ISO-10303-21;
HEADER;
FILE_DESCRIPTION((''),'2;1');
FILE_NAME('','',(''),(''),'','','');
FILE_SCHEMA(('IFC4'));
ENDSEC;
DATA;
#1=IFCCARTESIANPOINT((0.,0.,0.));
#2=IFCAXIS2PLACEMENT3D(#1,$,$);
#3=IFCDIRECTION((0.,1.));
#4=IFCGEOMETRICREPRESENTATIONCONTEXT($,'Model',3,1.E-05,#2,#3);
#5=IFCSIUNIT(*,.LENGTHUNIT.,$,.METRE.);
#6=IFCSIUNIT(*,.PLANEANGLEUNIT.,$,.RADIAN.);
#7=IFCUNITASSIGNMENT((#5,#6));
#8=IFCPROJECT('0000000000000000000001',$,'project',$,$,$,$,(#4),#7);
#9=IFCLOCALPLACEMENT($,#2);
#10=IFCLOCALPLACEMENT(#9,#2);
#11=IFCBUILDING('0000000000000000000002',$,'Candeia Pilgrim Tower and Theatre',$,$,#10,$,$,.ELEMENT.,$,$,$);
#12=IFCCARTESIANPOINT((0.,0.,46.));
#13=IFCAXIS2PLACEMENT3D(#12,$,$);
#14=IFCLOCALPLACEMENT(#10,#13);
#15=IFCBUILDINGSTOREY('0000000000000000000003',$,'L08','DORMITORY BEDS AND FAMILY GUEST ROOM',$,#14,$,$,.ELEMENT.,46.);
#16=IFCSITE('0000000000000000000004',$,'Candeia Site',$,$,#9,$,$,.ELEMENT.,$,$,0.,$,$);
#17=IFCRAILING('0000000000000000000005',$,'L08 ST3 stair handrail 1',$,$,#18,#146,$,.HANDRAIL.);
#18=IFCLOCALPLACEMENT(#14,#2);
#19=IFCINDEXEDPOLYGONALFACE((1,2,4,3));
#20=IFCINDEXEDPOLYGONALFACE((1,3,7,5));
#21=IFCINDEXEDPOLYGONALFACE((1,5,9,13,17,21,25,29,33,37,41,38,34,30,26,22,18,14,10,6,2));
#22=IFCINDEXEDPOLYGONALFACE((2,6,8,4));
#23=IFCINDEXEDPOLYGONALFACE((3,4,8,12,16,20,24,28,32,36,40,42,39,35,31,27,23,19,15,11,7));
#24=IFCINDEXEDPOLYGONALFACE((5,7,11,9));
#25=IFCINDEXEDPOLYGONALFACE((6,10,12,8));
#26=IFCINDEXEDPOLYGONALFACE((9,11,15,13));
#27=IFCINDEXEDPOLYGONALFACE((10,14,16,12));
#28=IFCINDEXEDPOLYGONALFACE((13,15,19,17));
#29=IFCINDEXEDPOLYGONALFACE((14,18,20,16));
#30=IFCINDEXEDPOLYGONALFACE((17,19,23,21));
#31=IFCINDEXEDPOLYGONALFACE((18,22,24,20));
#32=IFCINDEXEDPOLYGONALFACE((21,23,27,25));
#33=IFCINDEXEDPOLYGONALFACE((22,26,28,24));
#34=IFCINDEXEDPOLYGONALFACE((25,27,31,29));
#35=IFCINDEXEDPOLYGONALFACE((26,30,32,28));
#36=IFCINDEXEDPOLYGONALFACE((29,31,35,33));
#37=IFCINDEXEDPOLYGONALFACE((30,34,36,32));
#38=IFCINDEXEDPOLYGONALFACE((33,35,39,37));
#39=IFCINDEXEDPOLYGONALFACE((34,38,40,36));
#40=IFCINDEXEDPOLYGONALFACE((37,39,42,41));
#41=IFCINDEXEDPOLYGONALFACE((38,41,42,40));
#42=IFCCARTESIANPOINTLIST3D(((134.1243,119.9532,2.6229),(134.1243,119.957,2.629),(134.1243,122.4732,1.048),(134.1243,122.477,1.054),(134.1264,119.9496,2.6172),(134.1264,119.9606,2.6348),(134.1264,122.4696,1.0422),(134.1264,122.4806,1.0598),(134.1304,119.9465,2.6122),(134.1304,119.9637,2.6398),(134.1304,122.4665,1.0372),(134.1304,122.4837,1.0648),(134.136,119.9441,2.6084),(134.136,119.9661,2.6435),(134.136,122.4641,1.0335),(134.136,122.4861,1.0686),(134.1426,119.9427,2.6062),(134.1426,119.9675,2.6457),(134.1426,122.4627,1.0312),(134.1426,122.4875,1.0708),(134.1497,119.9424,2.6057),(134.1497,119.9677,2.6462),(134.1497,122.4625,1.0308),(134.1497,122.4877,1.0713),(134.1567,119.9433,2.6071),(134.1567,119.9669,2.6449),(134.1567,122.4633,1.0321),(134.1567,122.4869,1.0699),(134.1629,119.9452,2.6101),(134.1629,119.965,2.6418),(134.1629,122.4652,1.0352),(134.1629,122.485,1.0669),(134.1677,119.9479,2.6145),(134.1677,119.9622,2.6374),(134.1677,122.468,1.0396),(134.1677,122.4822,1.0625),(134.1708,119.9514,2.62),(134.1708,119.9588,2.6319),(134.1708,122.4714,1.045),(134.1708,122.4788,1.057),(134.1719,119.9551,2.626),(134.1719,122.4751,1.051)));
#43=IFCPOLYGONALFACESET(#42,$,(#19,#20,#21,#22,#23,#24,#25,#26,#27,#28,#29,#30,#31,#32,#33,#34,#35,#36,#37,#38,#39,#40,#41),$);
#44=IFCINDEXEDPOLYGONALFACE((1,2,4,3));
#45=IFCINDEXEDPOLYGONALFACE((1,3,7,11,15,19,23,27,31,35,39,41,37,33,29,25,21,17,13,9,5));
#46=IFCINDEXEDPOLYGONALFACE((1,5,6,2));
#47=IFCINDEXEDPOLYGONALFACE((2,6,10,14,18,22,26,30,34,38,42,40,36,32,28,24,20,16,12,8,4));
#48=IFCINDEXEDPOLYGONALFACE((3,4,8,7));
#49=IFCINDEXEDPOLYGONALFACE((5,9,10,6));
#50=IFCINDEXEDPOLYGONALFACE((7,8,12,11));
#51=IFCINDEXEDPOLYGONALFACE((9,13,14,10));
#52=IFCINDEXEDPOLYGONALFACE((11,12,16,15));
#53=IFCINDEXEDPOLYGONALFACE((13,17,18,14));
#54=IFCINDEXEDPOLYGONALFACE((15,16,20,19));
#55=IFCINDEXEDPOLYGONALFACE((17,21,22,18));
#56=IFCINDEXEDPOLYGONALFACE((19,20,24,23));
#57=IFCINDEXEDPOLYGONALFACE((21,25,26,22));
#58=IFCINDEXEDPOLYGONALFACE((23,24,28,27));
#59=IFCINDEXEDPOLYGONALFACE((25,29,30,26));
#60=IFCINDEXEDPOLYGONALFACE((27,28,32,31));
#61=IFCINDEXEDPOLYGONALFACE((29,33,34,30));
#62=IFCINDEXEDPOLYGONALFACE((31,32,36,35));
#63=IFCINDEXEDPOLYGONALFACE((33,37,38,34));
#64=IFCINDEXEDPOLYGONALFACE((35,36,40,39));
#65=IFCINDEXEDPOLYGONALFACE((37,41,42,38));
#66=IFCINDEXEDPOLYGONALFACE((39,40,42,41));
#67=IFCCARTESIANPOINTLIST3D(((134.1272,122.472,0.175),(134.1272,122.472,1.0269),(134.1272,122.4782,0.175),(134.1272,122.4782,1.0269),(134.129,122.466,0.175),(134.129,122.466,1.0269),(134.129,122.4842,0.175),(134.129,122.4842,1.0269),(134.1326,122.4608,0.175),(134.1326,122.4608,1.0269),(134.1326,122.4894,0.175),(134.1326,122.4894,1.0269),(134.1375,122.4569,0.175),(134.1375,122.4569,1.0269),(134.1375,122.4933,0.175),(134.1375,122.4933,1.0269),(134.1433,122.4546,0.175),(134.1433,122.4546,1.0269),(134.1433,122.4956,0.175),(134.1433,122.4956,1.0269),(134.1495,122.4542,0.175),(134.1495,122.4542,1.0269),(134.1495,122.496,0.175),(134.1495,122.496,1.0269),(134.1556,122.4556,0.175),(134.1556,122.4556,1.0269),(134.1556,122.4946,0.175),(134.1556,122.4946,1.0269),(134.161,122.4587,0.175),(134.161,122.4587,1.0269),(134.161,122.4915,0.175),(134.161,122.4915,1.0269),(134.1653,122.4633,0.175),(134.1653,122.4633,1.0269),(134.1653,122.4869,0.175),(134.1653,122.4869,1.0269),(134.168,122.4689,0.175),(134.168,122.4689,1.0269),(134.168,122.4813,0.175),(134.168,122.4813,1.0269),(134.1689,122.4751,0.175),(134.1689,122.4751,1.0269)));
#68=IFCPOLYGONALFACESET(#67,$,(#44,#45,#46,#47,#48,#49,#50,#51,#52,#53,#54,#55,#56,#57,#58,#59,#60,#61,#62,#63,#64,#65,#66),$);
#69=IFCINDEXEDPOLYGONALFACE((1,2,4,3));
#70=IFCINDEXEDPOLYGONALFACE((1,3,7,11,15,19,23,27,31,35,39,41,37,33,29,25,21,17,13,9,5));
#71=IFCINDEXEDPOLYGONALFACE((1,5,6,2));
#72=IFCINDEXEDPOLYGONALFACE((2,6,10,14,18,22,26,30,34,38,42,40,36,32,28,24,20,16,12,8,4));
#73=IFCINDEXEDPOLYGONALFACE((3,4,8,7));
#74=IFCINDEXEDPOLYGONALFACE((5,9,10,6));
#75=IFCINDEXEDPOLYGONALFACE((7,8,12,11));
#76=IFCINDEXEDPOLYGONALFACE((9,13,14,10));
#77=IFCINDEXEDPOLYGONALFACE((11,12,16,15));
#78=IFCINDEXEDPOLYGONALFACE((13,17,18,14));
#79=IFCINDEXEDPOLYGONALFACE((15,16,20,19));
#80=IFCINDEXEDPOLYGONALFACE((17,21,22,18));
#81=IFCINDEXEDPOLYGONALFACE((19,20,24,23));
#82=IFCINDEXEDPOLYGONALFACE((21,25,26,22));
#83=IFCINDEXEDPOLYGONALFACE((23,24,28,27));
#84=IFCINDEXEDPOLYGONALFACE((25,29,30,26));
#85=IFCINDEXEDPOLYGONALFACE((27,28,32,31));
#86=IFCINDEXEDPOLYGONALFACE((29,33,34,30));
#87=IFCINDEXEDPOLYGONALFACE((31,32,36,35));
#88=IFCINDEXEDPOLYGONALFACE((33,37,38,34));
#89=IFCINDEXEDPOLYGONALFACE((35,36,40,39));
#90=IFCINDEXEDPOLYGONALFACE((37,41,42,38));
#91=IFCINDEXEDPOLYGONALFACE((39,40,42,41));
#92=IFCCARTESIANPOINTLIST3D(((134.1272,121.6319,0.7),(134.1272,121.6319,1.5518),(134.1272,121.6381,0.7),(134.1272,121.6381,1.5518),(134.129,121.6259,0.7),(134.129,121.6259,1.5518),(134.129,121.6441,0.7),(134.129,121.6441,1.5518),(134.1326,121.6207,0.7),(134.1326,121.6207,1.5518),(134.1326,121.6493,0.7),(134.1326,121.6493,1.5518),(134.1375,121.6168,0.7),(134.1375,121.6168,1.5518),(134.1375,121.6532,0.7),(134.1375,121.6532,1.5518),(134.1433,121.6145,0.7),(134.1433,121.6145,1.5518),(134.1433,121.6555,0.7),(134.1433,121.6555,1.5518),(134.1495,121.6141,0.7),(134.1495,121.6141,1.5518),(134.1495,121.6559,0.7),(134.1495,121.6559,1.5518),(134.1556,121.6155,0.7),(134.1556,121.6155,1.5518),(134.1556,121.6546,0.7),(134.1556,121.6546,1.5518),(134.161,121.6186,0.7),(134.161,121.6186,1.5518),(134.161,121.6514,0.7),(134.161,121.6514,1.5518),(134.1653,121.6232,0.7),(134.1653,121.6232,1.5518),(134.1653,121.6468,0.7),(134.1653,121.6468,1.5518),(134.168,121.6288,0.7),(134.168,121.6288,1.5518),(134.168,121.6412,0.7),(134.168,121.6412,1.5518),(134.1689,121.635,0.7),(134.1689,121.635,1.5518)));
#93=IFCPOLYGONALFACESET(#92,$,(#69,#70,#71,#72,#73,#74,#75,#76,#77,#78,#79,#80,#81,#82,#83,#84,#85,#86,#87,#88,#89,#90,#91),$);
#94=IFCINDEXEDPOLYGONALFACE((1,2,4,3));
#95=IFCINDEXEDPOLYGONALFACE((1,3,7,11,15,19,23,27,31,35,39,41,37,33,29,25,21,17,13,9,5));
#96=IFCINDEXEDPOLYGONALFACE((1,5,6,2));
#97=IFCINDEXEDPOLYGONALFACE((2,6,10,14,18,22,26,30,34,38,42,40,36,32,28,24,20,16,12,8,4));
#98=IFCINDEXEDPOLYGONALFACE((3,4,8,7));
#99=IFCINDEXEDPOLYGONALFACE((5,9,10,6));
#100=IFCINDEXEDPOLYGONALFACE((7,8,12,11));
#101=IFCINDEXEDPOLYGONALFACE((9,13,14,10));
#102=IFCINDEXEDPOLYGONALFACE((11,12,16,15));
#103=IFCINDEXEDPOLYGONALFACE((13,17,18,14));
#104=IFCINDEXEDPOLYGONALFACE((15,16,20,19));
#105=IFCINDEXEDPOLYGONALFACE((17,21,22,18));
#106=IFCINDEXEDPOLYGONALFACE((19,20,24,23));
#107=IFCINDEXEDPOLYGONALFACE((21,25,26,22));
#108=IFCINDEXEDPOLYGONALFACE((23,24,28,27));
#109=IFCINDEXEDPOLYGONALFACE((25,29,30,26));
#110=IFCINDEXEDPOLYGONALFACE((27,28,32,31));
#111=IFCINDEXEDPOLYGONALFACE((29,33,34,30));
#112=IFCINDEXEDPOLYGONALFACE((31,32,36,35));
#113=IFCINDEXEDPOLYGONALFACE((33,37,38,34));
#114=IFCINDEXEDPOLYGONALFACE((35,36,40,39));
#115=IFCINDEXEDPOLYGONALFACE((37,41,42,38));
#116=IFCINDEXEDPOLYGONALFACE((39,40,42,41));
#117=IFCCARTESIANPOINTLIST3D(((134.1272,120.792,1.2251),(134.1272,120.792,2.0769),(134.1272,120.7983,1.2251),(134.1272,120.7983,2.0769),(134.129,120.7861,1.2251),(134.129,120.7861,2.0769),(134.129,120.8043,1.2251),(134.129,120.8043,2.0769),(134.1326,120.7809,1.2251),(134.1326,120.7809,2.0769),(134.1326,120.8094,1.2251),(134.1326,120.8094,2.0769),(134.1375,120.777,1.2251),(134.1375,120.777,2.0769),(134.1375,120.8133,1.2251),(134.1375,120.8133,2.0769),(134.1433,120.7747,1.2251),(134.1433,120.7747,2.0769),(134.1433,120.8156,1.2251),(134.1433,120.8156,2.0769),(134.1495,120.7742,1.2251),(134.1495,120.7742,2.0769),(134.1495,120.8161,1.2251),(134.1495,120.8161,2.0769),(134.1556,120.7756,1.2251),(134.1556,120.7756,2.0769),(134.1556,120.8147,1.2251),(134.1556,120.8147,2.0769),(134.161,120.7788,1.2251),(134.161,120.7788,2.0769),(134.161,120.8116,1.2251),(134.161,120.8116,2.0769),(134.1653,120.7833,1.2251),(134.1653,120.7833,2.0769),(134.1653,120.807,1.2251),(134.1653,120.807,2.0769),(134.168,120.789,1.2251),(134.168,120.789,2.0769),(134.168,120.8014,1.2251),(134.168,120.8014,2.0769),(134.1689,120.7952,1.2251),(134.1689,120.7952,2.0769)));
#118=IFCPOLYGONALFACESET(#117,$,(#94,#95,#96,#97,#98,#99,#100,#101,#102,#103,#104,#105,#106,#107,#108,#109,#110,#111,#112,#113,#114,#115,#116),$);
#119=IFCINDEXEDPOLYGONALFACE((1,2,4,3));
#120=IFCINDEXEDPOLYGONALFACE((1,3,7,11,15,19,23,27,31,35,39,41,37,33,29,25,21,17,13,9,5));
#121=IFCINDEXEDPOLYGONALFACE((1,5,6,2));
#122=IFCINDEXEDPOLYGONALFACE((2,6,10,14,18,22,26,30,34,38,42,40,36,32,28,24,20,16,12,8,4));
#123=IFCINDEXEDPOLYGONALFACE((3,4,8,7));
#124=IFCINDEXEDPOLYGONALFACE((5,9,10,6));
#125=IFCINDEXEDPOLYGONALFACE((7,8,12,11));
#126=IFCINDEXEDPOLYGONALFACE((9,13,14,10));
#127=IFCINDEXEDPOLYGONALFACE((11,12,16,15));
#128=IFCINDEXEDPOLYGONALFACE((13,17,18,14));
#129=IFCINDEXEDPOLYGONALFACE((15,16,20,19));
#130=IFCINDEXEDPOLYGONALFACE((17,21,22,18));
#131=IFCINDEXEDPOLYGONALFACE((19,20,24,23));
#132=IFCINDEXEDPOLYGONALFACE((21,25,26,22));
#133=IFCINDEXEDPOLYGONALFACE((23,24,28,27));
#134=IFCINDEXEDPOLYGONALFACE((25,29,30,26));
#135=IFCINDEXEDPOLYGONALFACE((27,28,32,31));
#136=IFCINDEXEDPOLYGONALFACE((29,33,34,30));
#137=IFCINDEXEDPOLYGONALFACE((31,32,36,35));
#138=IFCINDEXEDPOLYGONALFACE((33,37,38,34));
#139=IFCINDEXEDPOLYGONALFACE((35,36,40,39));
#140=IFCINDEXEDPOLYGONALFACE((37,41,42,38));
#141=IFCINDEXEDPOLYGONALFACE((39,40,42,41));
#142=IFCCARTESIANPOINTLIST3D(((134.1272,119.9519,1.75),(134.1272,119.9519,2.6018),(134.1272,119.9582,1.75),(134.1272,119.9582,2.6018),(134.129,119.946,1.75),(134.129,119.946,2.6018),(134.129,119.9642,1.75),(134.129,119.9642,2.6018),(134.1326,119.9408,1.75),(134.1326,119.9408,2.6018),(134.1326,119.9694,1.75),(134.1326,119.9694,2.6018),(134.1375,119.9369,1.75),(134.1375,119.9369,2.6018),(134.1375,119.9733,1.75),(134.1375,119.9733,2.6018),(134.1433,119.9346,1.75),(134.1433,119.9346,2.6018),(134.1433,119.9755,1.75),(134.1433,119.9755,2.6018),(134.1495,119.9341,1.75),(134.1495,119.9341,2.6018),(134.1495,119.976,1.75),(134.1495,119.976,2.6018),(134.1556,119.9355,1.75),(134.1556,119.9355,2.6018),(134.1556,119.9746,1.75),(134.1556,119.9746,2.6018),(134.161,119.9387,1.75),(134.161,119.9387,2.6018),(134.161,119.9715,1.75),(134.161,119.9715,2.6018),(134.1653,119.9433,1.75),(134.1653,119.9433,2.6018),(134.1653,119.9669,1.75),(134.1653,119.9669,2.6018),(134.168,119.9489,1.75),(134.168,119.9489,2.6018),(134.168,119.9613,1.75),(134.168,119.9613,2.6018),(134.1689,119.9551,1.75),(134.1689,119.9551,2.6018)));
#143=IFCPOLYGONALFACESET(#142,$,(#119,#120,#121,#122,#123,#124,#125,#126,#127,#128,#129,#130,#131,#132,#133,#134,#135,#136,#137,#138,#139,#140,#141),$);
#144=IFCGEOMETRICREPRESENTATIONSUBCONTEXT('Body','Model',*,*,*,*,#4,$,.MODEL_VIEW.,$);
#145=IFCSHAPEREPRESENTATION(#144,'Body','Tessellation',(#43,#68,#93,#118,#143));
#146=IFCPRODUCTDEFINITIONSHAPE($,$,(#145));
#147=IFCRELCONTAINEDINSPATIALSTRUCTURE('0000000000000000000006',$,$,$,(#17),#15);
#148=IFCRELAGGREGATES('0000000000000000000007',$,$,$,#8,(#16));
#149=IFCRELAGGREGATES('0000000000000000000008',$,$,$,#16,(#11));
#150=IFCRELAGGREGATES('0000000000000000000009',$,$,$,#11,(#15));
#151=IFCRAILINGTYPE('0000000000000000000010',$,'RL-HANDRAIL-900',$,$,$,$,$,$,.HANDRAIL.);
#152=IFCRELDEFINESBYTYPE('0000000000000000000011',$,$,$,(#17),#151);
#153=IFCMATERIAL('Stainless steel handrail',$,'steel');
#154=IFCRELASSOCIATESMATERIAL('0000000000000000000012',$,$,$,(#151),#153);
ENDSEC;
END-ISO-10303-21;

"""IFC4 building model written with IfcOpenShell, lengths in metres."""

from ifc_helpers import new_model, si_unit, direction, frame, origin, origin_2d, place, context, subcontext, project, spatial, circle, extrude, material, type_object, element, save


model = new_model("IFC4")

# Units and contexts
model_context = context("Model", 3, precision=1e-05, world=origin(), true_north=direction((0.0, 1.0)))
body_context = subcontext(model_context, "Body", "Model", "MODEL_VIEW")
ifc_project = project(units=[si_unit("LENGTHUNIT", "METRE"), si_unit("PLANEANGLEUNIT", "RADIAN")], contexts=[model_context])

# Site, building, storey
site_placement = place(None, origin())
site = spatial("IfcSite", under=ifc_project, at=site_placement, Name="Candeia Site", CompositionType="ELEMENT", RefElevation=0.0)
building_placement = place(site_placement, origin())
building = spatial("IfcBuilding", under=site, at=building_placement, Name="Candeia Pilgrim Tower and Theatre", CompositionType="ELEMENT")
storey_placement = place(building_placement, frame((0.0, 0.0, 46.0)))
storey = spatial("IfcBuildingStorey", under=building, at=storey_placement, Name="L08", Description="DORMITORY BEDS AND FAMILY GUEST ROOM", CompositionType="ELEMENT", Elevation=46.0)

# Railing
ifc_material_1 = material(Name="Stainless steel handrail", Category="steel")
railing_type_1 = type_object("IfcRailingType", Name="RL-HANDRAIL-900", PredefinedType="HANDRAIL", material=ifc_material_1)
railing_1_placement = place(storey_placement, frame((134.1479, 122.4751, 0.175)))
element("IfcRailing", 1, at=railing_1_placement, inside=storey, type_object=railing_type_1, Name="L08 ST3 stair handrail 1", PredefinedType="HANDRAIL", context=body_context, shape_type="SweptSolid", body=[
    extrude(circle(Radius=0.0239, at=origin_2d()), frame((0.0, 0.0, 0.876), z_axis=(0.0, -0.848008, 0.529984), x_axis=(1.0, 0.0, 0.0)), (0.0, 0.0, 1.0), 2.9717),
    extrude(circle(Radius=0.021, at=origin_2d()), origin(), (0.0, 0.0, 1.0), 0.8518),
    extrude(circle(Radius=0.021, at=origin_2d()), frame((0.0, -0.8401, 0.5249)), (0.0, 0.0, 1.0), 0.8518),
    extrude(circle(Radius=0.021, at=origin_2d()), frame((0.0, -1.6799, 1.05)), (0.0, 0.0, 1.0), 0.8518),
    extrude(circle(Radius=0.021, at=origin_2d()), frame((0.0, -2.52, 1.575)), (0.0, 0.0, 1.0), 0.8518),
])

save(model, "model.ifc")
